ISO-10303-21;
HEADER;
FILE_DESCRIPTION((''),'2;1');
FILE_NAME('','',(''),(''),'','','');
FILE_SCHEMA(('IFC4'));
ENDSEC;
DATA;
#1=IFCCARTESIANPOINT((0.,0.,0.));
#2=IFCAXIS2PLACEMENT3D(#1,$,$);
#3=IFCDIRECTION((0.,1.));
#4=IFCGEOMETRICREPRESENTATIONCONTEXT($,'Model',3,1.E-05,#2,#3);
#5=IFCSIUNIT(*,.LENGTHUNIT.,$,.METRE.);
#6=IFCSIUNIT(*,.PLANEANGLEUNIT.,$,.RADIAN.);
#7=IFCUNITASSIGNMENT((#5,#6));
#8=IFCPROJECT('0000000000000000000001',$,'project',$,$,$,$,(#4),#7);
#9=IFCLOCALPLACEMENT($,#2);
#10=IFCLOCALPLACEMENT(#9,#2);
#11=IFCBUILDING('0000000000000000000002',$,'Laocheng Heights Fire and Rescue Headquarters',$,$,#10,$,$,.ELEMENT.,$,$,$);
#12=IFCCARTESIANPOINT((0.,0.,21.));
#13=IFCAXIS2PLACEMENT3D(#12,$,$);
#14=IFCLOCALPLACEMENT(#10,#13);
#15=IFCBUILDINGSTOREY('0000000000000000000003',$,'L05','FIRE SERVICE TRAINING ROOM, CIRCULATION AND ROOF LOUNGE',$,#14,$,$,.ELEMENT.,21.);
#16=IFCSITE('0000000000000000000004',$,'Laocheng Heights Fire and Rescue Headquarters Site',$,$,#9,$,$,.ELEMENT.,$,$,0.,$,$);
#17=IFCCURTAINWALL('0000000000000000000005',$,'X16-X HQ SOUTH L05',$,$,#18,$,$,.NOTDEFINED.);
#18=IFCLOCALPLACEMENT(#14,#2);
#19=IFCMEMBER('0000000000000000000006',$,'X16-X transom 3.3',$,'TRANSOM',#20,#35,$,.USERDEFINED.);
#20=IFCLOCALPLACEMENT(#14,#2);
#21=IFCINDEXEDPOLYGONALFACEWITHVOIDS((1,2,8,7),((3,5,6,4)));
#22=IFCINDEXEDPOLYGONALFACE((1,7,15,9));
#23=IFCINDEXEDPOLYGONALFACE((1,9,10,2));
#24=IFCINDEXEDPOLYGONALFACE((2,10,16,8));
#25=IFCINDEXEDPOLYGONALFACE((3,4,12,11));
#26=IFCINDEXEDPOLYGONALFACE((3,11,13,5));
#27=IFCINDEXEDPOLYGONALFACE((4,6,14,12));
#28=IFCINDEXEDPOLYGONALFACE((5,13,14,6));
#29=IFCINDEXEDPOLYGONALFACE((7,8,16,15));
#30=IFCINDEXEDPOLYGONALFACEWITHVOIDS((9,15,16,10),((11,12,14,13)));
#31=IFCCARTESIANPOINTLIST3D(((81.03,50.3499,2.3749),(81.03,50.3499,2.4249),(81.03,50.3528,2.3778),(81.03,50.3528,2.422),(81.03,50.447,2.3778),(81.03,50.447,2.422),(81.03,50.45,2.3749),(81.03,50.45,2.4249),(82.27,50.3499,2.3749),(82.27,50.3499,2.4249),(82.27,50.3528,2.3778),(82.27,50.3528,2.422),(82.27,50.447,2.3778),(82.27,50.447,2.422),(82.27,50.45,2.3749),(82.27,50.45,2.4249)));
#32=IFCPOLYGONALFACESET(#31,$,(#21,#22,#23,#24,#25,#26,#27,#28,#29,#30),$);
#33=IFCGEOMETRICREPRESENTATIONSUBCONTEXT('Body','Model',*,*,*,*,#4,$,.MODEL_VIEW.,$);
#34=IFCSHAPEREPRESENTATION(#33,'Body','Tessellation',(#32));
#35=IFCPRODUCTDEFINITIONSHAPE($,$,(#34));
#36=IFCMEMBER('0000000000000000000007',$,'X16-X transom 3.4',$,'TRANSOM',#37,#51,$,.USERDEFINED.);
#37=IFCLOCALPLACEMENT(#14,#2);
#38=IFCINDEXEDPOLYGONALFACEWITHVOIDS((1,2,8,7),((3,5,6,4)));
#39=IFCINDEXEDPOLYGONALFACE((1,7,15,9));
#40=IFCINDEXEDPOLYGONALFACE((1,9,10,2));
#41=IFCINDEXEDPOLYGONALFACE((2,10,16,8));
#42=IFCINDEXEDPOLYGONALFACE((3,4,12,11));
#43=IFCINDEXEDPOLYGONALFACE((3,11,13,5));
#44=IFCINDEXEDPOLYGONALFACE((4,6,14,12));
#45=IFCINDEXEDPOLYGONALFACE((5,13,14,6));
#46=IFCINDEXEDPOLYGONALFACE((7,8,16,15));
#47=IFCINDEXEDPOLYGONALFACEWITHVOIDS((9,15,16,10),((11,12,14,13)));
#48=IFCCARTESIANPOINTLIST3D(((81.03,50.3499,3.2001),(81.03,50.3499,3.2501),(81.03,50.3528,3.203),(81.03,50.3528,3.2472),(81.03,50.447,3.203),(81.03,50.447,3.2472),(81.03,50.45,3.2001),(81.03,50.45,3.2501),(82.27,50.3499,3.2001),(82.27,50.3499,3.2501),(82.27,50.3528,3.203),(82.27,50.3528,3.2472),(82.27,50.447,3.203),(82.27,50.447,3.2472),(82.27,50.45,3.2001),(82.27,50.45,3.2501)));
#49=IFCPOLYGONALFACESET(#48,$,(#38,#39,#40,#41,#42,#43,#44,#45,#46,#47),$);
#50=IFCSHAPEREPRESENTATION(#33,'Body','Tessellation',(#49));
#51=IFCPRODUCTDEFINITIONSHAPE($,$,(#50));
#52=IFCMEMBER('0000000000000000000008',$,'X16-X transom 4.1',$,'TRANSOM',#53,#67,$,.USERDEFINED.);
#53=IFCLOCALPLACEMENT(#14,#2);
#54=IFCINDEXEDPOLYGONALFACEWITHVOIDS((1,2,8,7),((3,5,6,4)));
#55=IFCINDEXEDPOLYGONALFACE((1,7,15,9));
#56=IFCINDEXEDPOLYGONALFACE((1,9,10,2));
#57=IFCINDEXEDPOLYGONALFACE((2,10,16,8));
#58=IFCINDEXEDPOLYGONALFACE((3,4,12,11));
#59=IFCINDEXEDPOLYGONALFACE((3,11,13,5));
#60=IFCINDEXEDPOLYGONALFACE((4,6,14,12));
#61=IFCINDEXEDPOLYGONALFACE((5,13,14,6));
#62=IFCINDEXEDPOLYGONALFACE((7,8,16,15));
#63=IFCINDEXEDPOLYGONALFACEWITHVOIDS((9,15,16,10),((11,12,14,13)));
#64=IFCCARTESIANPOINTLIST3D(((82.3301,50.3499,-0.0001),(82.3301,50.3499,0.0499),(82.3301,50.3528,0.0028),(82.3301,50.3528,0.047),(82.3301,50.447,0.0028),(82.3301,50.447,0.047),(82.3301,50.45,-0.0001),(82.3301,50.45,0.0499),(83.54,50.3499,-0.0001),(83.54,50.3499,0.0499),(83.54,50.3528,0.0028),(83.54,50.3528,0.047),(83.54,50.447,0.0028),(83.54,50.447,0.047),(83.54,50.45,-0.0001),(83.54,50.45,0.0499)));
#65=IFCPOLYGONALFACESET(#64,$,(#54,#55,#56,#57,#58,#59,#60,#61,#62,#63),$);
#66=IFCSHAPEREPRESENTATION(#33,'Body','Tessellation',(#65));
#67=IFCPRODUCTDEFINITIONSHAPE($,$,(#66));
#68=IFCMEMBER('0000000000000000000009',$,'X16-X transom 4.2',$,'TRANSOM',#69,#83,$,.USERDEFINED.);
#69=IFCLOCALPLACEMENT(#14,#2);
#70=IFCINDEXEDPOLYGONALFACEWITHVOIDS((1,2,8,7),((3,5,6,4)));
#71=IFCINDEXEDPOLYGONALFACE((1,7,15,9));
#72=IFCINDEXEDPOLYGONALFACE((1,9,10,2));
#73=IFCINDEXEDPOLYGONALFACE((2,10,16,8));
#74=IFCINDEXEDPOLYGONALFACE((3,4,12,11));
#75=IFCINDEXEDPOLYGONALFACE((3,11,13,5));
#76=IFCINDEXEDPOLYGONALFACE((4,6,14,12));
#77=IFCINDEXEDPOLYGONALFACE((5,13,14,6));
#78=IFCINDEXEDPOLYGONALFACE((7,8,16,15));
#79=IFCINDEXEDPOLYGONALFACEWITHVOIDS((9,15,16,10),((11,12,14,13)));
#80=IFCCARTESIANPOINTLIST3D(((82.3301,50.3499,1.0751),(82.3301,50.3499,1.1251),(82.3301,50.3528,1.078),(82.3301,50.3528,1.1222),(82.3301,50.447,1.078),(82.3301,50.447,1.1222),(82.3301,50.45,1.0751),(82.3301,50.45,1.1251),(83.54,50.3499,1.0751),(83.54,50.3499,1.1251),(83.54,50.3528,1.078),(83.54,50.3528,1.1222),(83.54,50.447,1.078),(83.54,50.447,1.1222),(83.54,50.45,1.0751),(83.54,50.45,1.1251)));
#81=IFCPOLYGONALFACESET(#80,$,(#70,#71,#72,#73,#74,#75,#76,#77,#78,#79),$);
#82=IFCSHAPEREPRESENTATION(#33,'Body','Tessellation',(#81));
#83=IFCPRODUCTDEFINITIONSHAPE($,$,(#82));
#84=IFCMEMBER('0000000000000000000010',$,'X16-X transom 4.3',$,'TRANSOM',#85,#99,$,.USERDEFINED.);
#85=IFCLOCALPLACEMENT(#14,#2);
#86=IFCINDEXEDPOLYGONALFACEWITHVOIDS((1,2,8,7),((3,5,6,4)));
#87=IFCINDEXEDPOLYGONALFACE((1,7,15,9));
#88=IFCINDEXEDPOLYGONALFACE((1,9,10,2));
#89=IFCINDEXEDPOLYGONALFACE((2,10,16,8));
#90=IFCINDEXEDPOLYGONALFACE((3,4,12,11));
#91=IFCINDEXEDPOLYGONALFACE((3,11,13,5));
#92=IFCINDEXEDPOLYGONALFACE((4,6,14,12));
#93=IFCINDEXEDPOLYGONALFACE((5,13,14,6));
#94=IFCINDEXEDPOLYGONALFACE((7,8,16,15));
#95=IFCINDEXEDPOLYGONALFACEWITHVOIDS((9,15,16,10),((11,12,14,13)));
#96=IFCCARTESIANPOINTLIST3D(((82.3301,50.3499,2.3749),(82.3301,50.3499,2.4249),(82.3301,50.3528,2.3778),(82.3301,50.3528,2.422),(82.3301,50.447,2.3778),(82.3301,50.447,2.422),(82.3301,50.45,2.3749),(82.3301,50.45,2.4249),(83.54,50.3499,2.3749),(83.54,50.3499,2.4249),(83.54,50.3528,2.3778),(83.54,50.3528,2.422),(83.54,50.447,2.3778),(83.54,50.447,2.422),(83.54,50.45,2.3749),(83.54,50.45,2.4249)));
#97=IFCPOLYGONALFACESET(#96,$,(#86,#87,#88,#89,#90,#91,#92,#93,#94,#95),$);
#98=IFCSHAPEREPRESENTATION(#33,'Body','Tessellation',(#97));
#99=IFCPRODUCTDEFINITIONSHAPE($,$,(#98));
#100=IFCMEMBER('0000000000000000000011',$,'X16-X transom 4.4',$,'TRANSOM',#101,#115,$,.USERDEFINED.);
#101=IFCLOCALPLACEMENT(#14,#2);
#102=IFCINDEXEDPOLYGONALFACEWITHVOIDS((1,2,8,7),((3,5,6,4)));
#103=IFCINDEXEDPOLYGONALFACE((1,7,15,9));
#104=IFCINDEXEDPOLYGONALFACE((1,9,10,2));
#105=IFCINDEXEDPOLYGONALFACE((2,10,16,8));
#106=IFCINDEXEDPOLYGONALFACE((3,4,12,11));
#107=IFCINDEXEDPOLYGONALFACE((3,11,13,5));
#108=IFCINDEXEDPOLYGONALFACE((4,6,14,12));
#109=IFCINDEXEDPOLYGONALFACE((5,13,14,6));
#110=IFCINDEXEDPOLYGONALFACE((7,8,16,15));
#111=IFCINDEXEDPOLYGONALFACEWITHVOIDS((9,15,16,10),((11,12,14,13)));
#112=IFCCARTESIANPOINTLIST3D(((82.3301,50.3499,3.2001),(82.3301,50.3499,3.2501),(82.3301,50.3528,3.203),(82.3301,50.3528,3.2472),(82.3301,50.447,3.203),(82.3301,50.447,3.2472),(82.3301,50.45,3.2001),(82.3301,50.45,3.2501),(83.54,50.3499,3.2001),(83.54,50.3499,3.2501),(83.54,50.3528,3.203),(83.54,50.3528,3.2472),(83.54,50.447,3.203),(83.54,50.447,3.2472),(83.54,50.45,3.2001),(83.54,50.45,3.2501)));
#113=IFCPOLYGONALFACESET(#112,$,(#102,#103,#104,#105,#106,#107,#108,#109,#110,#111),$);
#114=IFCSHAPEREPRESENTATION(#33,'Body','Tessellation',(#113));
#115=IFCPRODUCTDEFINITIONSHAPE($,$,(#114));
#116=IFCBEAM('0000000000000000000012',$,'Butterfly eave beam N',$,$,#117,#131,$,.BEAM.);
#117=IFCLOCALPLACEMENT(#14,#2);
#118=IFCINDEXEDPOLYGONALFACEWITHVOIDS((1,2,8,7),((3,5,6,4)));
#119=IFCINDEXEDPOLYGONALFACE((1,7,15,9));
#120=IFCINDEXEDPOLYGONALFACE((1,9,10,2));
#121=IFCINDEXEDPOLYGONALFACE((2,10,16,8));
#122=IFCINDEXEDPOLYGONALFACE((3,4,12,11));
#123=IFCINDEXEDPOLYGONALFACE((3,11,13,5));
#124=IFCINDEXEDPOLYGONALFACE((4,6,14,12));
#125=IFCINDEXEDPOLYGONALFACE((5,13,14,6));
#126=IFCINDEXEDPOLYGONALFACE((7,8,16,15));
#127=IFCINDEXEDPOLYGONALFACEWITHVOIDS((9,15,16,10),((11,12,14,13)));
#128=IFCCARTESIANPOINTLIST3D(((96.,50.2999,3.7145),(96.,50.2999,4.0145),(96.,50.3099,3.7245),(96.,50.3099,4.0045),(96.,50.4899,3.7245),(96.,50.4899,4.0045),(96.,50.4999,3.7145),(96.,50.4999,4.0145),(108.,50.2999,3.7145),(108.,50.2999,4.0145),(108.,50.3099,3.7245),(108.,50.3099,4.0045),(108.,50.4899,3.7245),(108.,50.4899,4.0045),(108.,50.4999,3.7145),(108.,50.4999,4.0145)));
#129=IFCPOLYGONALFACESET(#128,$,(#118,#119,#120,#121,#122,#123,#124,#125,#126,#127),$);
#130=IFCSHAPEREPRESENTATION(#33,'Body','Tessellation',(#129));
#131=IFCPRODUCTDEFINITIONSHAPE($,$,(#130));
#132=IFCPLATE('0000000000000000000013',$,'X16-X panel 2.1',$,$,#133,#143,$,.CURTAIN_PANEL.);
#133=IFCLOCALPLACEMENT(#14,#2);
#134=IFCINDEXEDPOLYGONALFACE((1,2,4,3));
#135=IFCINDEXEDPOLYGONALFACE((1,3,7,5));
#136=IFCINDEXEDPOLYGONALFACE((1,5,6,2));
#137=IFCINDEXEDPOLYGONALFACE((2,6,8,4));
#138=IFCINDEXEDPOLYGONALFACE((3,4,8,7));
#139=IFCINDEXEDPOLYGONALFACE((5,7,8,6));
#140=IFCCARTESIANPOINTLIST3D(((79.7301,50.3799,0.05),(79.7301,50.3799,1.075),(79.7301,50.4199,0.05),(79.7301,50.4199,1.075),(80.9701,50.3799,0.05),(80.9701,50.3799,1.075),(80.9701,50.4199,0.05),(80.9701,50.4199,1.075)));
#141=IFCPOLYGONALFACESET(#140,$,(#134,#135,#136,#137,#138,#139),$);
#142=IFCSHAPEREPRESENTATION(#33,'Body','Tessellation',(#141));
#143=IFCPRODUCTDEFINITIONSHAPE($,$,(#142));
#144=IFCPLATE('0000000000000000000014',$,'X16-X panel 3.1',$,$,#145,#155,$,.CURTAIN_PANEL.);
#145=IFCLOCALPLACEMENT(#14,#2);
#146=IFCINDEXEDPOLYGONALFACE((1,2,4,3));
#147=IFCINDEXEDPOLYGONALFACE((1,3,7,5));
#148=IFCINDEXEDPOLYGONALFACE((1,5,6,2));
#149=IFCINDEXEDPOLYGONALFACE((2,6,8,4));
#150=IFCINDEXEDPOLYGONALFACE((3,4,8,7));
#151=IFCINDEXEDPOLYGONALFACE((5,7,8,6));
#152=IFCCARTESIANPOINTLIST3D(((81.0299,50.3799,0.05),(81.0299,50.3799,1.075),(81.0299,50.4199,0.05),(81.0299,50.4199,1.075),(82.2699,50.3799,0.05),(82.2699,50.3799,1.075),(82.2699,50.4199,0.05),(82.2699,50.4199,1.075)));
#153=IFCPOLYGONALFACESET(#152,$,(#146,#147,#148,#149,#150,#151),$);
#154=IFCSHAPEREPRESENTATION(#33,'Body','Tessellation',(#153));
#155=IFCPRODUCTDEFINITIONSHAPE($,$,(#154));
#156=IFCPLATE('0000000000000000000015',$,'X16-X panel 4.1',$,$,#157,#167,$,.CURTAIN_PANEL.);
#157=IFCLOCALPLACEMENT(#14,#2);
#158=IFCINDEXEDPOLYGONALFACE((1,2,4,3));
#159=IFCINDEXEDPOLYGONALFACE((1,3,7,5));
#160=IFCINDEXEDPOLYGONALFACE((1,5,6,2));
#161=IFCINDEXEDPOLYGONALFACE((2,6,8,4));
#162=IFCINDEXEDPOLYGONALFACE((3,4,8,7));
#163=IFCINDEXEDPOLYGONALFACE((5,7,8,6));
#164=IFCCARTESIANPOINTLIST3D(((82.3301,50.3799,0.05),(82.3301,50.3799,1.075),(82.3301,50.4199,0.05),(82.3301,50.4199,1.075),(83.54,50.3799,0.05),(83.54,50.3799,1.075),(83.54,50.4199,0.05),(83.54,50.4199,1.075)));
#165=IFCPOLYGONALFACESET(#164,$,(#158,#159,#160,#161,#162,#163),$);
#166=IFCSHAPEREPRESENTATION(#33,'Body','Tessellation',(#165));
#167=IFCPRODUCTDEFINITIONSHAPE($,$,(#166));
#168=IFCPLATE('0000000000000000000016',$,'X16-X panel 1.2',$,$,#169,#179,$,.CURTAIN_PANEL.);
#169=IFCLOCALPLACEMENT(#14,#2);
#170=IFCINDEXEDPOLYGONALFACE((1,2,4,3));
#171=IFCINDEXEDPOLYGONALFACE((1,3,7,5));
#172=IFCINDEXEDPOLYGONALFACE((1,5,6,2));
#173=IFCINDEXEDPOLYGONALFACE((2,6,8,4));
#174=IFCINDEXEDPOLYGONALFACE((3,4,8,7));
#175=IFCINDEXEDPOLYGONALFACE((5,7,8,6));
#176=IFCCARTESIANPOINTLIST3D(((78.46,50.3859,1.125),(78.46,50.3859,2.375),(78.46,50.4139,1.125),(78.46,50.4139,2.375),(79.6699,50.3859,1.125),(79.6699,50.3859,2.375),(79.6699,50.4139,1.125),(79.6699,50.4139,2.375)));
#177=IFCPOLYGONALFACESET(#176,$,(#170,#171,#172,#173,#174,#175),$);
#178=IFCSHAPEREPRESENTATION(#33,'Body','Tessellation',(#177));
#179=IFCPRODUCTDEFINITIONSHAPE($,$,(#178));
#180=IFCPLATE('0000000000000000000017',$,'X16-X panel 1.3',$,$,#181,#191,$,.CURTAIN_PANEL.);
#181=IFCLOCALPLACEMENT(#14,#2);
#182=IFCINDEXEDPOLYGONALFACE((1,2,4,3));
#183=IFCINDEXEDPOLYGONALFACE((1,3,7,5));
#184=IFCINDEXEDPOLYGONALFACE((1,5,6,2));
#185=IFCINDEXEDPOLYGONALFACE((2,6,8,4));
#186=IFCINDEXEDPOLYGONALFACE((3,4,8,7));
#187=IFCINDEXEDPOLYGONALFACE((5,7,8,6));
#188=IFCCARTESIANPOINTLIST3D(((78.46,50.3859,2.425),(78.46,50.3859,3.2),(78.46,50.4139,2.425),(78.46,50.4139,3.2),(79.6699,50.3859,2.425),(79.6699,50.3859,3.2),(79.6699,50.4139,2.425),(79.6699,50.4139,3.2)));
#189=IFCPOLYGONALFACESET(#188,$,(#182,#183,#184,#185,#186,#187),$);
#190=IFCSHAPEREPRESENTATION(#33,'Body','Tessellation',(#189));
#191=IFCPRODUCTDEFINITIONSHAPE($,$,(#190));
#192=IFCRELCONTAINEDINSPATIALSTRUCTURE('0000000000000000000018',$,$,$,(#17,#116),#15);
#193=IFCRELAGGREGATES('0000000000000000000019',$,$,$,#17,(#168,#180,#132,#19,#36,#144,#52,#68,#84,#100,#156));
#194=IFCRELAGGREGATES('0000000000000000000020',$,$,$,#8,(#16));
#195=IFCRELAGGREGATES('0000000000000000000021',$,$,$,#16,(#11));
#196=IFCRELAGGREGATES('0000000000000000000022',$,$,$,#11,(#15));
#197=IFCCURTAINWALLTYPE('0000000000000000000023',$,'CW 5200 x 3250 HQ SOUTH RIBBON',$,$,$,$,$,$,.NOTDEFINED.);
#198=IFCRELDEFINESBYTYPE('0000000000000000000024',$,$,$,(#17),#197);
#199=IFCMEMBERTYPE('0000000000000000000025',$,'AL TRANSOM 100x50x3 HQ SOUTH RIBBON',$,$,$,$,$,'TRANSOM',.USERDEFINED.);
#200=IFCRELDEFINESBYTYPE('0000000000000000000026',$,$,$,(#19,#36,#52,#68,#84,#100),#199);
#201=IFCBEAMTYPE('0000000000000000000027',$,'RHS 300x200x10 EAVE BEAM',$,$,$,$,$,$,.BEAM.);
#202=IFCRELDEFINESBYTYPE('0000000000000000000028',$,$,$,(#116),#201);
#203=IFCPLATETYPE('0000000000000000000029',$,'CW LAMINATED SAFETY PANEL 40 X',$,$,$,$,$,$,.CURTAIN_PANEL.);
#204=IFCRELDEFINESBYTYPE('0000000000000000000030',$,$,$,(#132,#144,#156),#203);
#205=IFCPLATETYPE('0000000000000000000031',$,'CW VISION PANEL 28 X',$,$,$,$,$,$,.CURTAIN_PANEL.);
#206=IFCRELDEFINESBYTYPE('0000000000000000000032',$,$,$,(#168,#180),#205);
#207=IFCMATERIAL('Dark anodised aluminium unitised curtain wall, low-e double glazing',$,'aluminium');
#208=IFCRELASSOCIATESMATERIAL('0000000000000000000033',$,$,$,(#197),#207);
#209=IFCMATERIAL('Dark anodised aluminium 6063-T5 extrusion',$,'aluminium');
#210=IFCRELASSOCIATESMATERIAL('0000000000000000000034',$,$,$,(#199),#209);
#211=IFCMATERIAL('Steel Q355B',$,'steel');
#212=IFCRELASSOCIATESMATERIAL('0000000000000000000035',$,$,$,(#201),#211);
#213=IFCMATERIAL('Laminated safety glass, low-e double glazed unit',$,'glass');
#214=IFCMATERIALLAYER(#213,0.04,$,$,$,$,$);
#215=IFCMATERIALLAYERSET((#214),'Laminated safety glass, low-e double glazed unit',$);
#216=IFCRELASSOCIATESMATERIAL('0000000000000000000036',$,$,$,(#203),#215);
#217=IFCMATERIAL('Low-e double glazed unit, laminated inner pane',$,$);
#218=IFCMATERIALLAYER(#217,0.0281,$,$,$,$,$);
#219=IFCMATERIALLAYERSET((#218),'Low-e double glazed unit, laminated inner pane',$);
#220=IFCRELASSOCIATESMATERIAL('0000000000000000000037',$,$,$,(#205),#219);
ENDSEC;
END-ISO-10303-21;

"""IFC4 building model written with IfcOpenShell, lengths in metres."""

from ifc_helpers import new_model, si_unit, direction, frame, origin, origin_2d, place, context, subcontext, project, spatial, rectangle, hollow_rectangle, extrude, material, layer, layer_set, material_profile, profile_set, type_object, element, aggregate, save


model = new_model("IFC4")

# Units and contexts
model_context = context("Model", 3, precision=1e-05, world=origin(), true_north=direction((0.0, 1.0)))
body_context = subcontext(model_context, "Body", "Model", "MODEL_VIEW")
ifc_project = project(units=[si_unit("LENGTHUNIT", "METRE"), si_unit("PLANEANGLEUNIT", "RADIAN")], contexts=[model_context])

# Site, building, storey
site_placement = place(None, origin())
site = spatial("IfcSite", under=ifc_project, at=site_placement, Name="Laocheng Heights Fire and Rescue Headquarters Site", CompositionType="ELEMENT", RefElevation=0.0)
building_placement = place(site_placement, origin())
building = spatial("IfcBuilding", under=site, at=building_placement, Name="Laocheng Heights Fire and Rescue Headquarters", CompositionType="ELEMENT")
storey_placement = place(building_placement, frame((0.0, 0.0, 21.0)))
storey = spatial("IfcBuildingStorey", under=building, at=storey_placement, Name="L05", Description="FIRE SERVICE TRAINING ROOM, CIRCULATION AND ROOF LOUNGE", CompositionType="ELEMENT", Elevation=21.0)

# Curtain wall, members
ifc_material_1 = material(Name="Dark anodised aluminium unitised curtain wall, low-e double glazing", Category="aluminium")
curtain_wall_type = type_object("IfcCurtainWallType", Name="CW 5200 x 3250 HQ SOUTH RIBBON", PredefinedType="NOTDEFINED", material=ifc_material_1)
curtain_wall_placement = place(storey_placement, origin())
curtain_wall = element("IfcCurtainWall", 1, at=curtain_wall_placement, inside=storey, type_object=curtain_wall_type, Name="X16-X HQ SOUTH L05", PredefinedType="NOTDEFINED")
ifc_material_2 = material(Name="Dark anodised aluminium 6063-T5 extrusion", Category="aluminium")
ifc_material_profile_1 = material_profile(ifc_material_2, hollow_rectangle(XDim=0.1001, YDim=0.05, WallThickness=0.0029, at=origin_2d()), Name="AL TRANSOM 100x50x3 HQ SOUTH RIBBON")
ifc_profile_set_1 = profile_set([ifc_material_profile_1], Name="Dark anodised aluminium 6063-T5 extrusion")
member_type_1 = type_object("IfcMemberType", Name="AL TRANSOM 100x50x3 HQ SOUTH RIBBON", ElementType="TRANSOM", PredefinedType="USERDEFINED", material=ifc_profile_set_1)
member_1_placement = place(storey_placement, frame((81.03, 50.3999, 2.3999), z_axis=(1.0, 0.0, 0.0), x_axis=(0.0, 1.0, 0.0)))
member_1 = element("IfcMember", 2, at=member_1_placement, type_object=member_type_1, Name="X16-X transom 3.3", ObjectType="TRANSOM", PredefinedType="USERDEFINED", context=body_context, shape_type="SweptSolid", body=[
    extrude(hollow_rectangle(XDim=0.1001, YDim=0.05, WallThickness=0.0029, at=origin_2d()), origin(), (0.0, 0.0, 1.0), 1.24),
])
member_2_placement = place(storey_placement, frame((81.03, 50.3999, 3.2251), z_axis=(1.0, 0.0, 0.0), x_axis=(0.0, 1.0, 0.0)))
member_2 = element("IfcMember", 3, at=member_2_placement, type_object=member_type_1, Name="X16-X transom 3.4", ObjectType="TRANSOM", PredefinedType="USERDEFINED", context=body_context, shape_type="SweptSolid", body=[
    extrude(hollow_rectangle(XDim=0.1001, YDim=0.05, WallThickness=0.0029, at=origin_2d()), origin(), (0.0, 0.0, 1.0), 1.24),
])
member_3_placement = place(storey_placement, frame((82.3301, 50.3999, 0.0249), z_axis=(1.0, 0.0, 0.0), x_axis=(0.0, 1.0, 0.0)))
member_3 = element("IfcMember", 4, at=member_3_placement, type_object=member_type_1, Name="X16-X transom 4.1", ObjectType="TRANSOM", PredefinedType="USERDEFINED", context=body_context, shape_type="SweptSolid", body=[
    extrude(hollow_rectangle(XDim=0.1001, YDim=0.05, WallThickness=0.0029, at=origin_2d()), origin(), (0.0, 0.0, 1.0), 1.21),
])
member_4_placement = place(storey_placement, frame((82.3301, 50.3999, 1.1001), z_axis=(1.0, 0.0, 0.0), x_axis=(0.0, 1.0, 0.0)))
member_4 = element("IfcMember", 5, at=member_4_placement, type_object=member_type_1, Name="X16-X transom 4.2", ObjectType="TRANSOM", PredefinedType="USERDEFINED", context=body_context, shape_type="SweptSolid", body=[
    extrude(hollow_rectangle(XDim=0.1001, YDim=0.05, WallThickness=0.0029, at=origin_2d()), origin(), (0.0, 0.0, 1.0), 1.21),
])
member_5_placement = place(storey_placement, frame((82.3301, 50.3999, 2.3999), z_axis=(1.0, 0.0, 0.0), x_axis=(0.0, 1.0, 0.0)))
member_5 = element("IfcMember", 6, at=member_5_placement, type_object=member_type_1, Name="X16-X transom 4.3", ObjectType="TRANSOM", PredefinedType="USERDEFINED", context=body_context, shape_type="SweptSolid", body=[
    extrude(hollow_rectangle(XDim=0.1001, YDim=0.05, WallThickness=0.0029, at=origin_2d()), origin(), (0.0, 0.0, 1.0), 1.21),
])
member_6_placement = place(storey_placement, frame((82.3301, 50.3999, 3.2251), z_axis=(1.0, 0.0, 0.0), x_axis=(0.0, 1.0, 0.0)))
member_6 = element("IfcMember", 7, at=member_6_placement, type_object=member_type_1, Name="X16-X transom 4.4", ObjectType="TRANSOM", PredefinedType="USERDEFINED", context=body_context, shape_type="SweptSolid", body=[
    extrude(hollow_rectangle(XDim=0.1001, YDim=0.05, WallThickness=0.0029, at=origin_2d()), origin(), (0.0, 0.0, 1.0), 1.21),
])

# Beam
ifc_material_3 = material(Name="Steel Q355B", Category="steel")
ifc_material_profile_2 = material_profile(ifc_material_3, hollow_rectangle(XDim=0.2, YDim=0.3, WallThickness=0.01, at=origin_2d()), Name="RHS 300x200x10")
ifc_profile_set_2 = profile_set([ifc_material_profile_2], Name="Steel Q355B")
beam_type = type_object("IfcBeamType", Name="RHS 300x200x10 EAVE BEAM", PredefinedType="BEAM", material=ifc_profile_set_2)
beam_placement = place(storey_placement, frame((96.0, 50.3999, 3.8645), z_axis=(1.0, 0.0, 0.0), x_axis=(0.0, 1.0, 0.0)))
element("IfcBeam", 8, at=beam_placement, inside=storey, type_object=beam_type, Name="Butterfly eave beam N", PredefinedType="BEAM", context=body_context, shape_type="SweptSolid", body=[
    extrude(hollow_rectangle(XDim=0.2, YDim=0.3, WallThickness=0.01, at=origin_2d()), origin(), (0.0, 0.0, 1.0), 12.0),
])

# Plates
ifc_material_4 = material(Name="Laminated safety glass, low-e double glazed unit", Category="glass")
ifc_layer_1 = layer(ifc_material_4, 0.04)
ifc_layer_set_1 = layer_set([ifc_layer_1], Name="Laminated safety glass, low-e double glazed unit")
plate_type_1 = type_object("IfcPlateType", Name="CW LAMINATED SAFETY PANEL 40 X", PredefinedType="CURTAIN_PANEL", material=ifc_layer_set_1)
plate_1_placement = place(storey_placement, frame((80.3501, 50.3999, 0.05), z_axis=(0.0, 0.0, 1.0), x_axis=(1.0, 0.0, 0.0)))
plate_1 = element("IfcPlate", 9, at=plate_1_placement, type_object=plate_type_1, Name="X16-X panel 2.1", PredefinedType="CURTAIN_PANEL", context=body_context, shape_type="SweptSolid", body=[
    extrude(rectangle(XDim=1.24, YDim=0.04, at=origin_2d()), origin(), (0.0, 0.0, 1.0), 1.0249),
])
plate_2_placement = place(storey_placement, frame((81.6499, 50.3999, 0.05), z_axis=(0.0, 0.0, 1.0), x_axis=(1.0, 0.0, 0.0)))
plate_2 = element("IfcPlate", 10, at=plate_2_placement, type_object=plate_type_1, Name="X16-X panel 3.1", PredefinedType="CURTAIN_PANEL", context=body_context, shape_type="SweptSolid", body=[
    extrude(rectangle(XDim=1.24, YDim=0.04, at=origin_2d()), origin(), (0.0, 0.0, 1.0), 1.0249),
])
plate_3_placement = place(storey_placement, frame((82.9351, 50.3999, 0.05), z_axis=(0.0, 0.0, 1.0), x_axis=(1.0, 0.0, 0.0)))
plate_3 = element("IfcPlate", 11, at=plate_3_placement, type_object=plate_type_1, Name="X16-X panel 4.1", PredefinedType="CURTAIN_PANEL", context=body_context, shape_type="SweptSolid", body=[
    extrude(rectangle(XDim=1.21, YDim=0.04, at=origin_2d()), origin(), (0.0, 0.0, 1.0), 1.0249),
])
ifc_material_5 = material(Name="Low-e double glazed unit, laminated inner pane")
ifc_layer_2 = layer(ifc_material_5, 0.0281)
ifc_layer_set_2 = layer_set([ifc_layer_2], Name="Low-e double glazed unit, laminated inner pane")
plate_type_2 = type_object("IfcPlateType", Name="CW VISION PANEL 28 X", PredefinedType="CURTAIN_PANEL", material=ifc_layer_set_2)
plate_4_placement = place(storey_placement, frame((79.0649, 50.3999, 1.125), z_axis=(0.0, 0.0, 1.0), x_axis=(1.0, 0.0, 0.0)))
plate_4 = element("IfcPlate", 12, at=plate_4_placement, type_object=plate_type_2, Name="X16-X panel 1.2", PredefinedType="CURTAIN_PANEL", context=body_context, shape_type="SweptSolid", body=[
    extrude(rectangle(XDim=1.21, YDim=0.0281, at=origin_2d()), origin(), (0.0, 0.0, 1.0), 1.25),
])
plate_5_placement = place(storey_placement, frame((79.0649, 50.3999, 2.425), z_axis=(0.0, 0.0, 1.0), x_axis=(1.0, 0.0, 0.0)))
plate_5 = element("IfcPlate", 13, at=plate_5_placement, type_object=plate_type_2, Name="X16-X panel 1.3", PredefinedType="CURTAIN_PANEL", context=body_context, shape_type="SweptSolid", body=[
    extrude(rectangle(XDim=1.21, YDim=0.0281, at=origin_2d()), origin(), (0.0, 0.0, 1.0), 0.7749),
])
aggregate(curtain_wall, [plate_4, plate_5, plate_1, member_1, member_2, plate_2, member_3, member_4, member_5, member_6, plate_3])

save(model, "model.ifc")
